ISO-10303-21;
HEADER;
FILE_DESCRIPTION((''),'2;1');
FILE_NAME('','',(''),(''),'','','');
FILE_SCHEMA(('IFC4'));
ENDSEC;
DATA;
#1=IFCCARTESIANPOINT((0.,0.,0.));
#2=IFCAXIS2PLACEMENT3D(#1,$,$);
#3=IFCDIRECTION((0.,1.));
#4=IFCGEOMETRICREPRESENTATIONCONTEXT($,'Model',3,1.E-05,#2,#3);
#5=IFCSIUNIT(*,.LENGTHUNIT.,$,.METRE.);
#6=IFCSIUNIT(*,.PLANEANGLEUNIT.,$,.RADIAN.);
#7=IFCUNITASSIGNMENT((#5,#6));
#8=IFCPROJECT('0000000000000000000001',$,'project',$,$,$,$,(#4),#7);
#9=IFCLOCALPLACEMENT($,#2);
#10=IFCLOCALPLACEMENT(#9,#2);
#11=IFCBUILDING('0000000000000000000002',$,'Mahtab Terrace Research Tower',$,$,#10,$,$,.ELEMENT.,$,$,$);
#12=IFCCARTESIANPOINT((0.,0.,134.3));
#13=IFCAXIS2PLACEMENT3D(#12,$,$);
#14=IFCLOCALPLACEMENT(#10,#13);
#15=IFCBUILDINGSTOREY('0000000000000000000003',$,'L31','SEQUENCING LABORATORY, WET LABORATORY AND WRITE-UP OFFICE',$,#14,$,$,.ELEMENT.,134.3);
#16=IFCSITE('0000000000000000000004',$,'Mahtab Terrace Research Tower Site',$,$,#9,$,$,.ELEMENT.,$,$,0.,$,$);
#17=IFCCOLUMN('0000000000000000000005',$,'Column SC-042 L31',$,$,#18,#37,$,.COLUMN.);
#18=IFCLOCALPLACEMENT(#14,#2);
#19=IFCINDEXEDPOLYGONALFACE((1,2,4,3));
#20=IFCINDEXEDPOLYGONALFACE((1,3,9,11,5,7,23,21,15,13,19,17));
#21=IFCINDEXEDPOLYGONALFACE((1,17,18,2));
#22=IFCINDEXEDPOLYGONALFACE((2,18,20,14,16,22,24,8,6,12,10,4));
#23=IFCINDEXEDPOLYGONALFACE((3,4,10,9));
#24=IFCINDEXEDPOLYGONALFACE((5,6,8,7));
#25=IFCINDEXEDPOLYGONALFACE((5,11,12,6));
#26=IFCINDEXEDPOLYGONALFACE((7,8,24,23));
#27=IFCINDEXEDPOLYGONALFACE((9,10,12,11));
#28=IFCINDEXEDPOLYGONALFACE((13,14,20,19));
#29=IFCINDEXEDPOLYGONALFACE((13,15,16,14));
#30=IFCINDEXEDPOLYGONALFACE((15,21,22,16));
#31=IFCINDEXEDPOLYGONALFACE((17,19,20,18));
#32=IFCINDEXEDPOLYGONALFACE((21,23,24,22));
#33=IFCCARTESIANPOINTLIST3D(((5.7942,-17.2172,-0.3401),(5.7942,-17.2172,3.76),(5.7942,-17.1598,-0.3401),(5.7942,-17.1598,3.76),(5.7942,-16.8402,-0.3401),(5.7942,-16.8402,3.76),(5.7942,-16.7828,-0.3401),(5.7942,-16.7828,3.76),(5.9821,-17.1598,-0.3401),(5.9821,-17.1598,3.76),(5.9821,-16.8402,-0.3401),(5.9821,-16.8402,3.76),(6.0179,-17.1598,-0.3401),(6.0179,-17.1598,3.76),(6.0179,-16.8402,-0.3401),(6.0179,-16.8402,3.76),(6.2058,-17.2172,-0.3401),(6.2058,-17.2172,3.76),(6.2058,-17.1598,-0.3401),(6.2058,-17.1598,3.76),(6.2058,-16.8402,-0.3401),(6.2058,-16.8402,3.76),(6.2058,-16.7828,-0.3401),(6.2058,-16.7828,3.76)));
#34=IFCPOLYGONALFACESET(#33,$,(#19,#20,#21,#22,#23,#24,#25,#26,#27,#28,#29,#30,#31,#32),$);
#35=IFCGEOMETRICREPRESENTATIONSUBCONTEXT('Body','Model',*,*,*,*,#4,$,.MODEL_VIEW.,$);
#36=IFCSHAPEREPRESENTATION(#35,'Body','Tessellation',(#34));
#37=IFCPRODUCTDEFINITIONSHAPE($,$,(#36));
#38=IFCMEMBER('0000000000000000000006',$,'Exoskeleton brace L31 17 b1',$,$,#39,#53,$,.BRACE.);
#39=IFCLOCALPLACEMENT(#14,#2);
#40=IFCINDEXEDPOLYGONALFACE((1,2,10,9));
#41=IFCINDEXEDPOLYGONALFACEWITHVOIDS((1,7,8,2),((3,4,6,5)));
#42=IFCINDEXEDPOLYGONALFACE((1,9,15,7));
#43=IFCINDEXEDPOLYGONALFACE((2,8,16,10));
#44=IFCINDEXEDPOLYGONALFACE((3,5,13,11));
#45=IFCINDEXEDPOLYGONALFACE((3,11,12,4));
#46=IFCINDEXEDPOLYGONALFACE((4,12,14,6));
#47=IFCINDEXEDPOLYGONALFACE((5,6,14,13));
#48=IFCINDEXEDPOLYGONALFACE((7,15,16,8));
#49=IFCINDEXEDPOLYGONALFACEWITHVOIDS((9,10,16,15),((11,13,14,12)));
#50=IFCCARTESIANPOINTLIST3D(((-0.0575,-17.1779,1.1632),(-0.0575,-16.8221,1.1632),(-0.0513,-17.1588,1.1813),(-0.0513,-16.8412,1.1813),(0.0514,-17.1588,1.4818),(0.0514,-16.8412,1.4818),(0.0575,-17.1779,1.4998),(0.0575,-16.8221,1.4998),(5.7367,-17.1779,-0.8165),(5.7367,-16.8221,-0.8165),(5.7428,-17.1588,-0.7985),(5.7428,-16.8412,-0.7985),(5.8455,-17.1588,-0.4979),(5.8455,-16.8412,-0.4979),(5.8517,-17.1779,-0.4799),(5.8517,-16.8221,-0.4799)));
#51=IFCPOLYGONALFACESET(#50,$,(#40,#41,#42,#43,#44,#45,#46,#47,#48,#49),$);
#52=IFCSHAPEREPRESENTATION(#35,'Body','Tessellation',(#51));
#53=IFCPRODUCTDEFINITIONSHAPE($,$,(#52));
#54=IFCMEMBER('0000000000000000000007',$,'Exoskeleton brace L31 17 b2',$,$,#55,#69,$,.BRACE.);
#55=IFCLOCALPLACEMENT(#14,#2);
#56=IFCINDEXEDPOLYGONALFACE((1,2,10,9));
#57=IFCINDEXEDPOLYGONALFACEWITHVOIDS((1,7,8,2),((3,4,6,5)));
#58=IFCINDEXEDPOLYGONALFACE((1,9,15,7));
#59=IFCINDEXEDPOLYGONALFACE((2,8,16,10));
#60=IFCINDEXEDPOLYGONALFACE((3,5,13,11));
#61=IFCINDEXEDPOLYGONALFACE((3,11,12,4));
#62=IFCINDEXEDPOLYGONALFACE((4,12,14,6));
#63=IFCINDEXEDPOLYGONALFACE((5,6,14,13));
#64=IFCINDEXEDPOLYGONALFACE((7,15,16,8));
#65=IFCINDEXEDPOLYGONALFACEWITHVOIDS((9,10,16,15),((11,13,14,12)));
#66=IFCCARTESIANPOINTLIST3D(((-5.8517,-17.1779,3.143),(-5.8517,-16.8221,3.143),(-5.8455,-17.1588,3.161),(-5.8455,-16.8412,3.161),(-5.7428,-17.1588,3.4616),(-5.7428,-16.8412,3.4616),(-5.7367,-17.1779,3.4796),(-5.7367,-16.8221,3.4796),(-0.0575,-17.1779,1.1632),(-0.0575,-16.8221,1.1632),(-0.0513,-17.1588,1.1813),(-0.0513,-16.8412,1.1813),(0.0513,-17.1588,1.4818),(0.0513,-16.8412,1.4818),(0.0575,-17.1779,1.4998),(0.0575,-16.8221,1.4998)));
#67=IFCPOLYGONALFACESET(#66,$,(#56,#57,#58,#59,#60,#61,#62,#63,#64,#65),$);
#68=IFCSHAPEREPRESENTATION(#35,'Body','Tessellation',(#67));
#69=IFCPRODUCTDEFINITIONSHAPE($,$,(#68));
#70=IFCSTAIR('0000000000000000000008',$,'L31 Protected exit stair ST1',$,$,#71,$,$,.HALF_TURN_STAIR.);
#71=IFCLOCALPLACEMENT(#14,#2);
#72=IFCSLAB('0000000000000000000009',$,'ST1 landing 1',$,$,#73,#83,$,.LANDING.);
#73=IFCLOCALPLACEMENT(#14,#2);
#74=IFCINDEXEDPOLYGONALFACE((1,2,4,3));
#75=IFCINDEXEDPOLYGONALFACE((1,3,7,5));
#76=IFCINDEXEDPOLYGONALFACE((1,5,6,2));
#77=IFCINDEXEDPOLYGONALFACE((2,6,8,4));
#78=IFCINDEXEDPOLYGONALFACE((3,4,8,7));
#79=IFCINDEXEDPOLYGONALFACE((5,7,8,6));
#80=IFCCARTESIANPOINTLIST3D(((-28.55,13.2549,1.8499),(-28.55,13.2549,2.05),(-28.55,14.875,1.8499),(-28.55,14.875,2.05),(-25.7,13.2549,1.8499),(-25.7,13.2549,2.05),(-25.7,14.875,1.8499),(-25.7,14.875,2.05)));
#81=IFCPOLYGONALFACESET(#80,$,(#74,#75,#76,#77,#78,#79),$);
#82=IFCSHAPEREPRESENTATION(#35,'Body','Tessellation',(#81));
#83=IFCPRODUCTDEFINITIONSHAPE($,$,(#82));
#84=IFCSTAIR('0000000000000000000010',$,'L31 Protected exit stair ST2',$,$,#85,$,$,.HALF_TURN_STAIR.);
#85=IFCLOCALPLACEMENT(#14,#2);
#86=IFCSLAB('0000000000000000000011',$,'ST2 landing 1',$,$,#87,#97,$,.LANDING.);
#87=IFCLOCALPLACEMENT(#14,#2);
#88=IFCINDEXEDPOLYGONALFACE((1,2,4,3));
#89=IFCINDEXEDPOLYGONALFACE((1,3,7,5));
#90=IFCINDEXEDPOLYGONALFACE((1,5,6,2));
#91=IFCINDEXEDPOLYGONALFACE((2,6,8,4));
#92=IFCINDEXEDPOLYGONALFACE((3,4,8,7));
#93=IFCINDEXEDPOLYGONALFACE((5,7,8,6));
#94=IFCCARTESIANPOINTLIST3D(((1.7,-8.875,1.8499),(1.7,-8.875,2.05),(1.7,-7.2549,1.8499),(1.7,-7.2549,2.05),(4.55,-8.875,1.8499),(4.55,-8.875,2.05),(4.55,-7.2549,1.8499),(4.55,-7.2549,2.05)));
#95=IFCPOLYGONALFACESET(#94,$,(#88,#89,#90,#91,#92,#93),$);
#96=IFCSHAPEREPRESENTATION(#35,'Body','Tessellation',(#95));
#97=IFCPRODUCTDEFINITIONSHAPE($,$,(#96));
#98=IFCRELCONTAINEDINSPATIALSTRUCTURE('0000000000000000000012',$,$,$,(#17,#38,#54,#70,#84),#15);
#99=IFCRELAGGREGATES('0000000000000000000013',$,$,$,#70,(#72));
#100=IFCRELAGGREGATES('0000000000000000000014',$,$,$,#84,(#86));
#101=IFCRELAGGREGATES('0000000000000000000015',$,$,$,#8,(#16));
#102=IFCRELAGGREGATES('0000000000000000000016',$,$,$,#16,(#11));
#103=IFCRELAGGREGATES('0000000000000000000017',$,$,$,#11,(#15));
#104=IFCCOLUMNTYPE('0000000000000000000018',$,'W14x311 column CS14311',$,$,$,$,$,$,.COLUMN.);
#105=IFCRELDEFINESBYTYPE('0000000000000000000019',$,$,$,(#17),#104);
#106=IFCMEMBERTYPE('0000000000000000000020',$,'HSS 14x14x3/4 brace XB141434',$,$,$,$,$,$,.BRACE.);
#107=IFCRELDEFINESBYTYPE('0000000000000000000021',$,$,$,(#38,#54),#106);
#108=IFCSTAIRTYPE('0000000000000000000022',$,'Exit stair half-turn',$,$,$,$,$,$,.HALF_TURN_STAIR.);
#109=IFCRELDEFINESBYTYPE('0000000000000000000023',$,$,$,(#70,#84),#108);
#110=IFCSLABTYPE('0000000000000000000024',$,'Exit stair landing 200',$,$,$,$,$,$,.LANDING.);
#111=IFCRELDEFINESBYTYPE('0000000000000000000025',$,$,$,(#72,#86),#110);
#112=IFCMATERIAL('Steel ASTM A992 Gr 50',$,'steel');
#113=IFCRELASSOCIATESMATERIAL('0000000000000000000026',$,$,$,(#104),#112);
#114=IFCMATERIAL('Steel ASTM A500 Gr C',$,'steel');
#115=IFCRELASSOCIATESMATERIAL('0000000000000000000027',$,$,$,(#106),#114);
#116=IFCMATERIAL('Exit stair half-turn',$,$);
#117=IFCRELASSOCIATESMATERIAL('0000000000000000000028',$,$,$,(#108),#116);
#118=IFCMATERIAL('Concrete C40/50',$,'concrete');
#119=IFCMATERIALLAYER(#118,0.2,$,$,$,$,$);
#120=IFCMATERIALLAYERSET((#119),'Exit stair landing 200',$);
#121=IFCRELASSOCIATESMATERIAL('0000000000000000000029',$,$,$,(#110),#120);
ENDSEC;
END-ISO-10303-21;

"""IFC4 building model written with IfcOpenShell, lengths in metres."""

from ifc_helpers import new_model, si_unit, direction, frame, origin, origin_2d, place, context, subcontext, project, spatial, polyline, hollow_rectangle, i_section, outline, extrude, material, layer, layer_set, material_profile, profile_set, type_object, element, aggregate, save


model = new_model("IFC4")

# Units and contexts
model_context = context("Model", 3, precision=1e-05, world=origin(), true_north=direction((0.0, 1.0)))
body_context = subcontext(model_context, "Body", "Model", "MODEL_VIEW")
ifc_project = project(units=[si_unit("LENGTHUNIT", "METRE"), si_unit("PLANEANGLEUNIT", "RADIAN")], contexts=[model_context])

# Site, building, storey
site_placement = place(None, origin())
site = spatial("IfcSite", under=ifc_project, at=site_placement, Name="Mahtab Terrace Research Tower Site", CompositionType="ELEMENT", RefElevation=0.0)
building_placement = place(site_placement, origin())
building = spatial("IfcBuilding", under=site, at=building_placement, Name="Mahtab Terrace Research Tower", CompositionType="ELEMENT")
storey_placement = place(building_placement, frame((0.0, 0.0, 134.3)))
storey = spatial("IfcBuildingStorey", under=building, at=storey_placement, Name="L31", Description="SEQUENCING LABORATORY, WET LABORATORY AND WRITE-UP OFFICE", CompositionType="ELEMENT", Elevation=134.3)

# Column
ifc_material_1 = material(Name="Steel ASTM A992 Gr 50", Category="steel")
ifc_material_profile_1 = material_profile(ifc_material_1, i_section(OverallWidth=0.4116, OverallDepth=0.4343, WebThickness=0.0359, FlangeThickness=0.0574, at=origin_2d()), Name="W14X311")
ifc_profile_set_1 = profile_set([ifc_material_profile_1], Name="Steel ASTM A992 Gr 50")
column_type = type_object("IfcColumnType", Name="W14x311 column CS14311", PredefinedType="COLUMN", material=ifc_profile_set_1)
column_placement = place(storey_placement, frame((6.0, -17.0, -0.3401), z_axis=(0.0, 0.0, 1.0), x_axis=(1.0, 0.0, 0.0)))
element("IfcColumn", 1, at=column_placement, inside=storey, type_object=column_type, Name="Column SC-042 L31", PredefinedType="COLUMN", context=body_context, shape_type="SweptSolid", body=[
    extrude(i_section(OverallWidth=0.4116, OverallDepth=0.4343, WebThickness=0.0359, FlangeThickness=0.0574, at=origin_2d()), origin(), (0.0, 0.0, 1.0), 4.1001),
])

# Members
ifc_material_2 = material(Name="Steel ASTM A500 Gr C", Category="steel")
ifc_material_profile_2 = material_profile(ifc_material_2, hollow_rectangle(XDim=0.3557, YDim=0.3557, WallThickness=0.019, at=origin_2d()), Name="HSS14X14X3/4")
ifc_profile_set_2 = profile_set([ifc_material_profile_2], Name="Steel ASTM A500 Gr C")
member_type = type_object("IfcMemberType", Name="HSS 14x14x3/4 brace XB141434", PredefinedType="BRACE", material=ifc_profile_set_2)
for number, where, z_axis, x_axis, name in (
    (2, (5.7942, -17.0, -0.6482), (-0.946288, 0.0, 0.323324), (0.0, -1.0, 0.0), "Exoskeleton brace L31 17 b1"),
    (3, (0.0, -17.0, 1.3315), (-0.946288, 0.0, 0.323324), (0.0, -1.0, 0.0), "Exoskeleton brace L31 17 b2"),
):
    element("IfcMember", number, at=place(storey_placement, frame(where, z_axis=z_axis, x_axis=x_axis)), inside=storey, type_object=member_type, Name=name, PredefinedType="BRACE", context=body_context, shape_type="SweptSolid", body=[
        extrude(hollow_rectangle(XDim=0.3557, YDim=0.3557, WallThickness=0.019, at=origin_2d()), origin(), (0.0, 0.0, 1.0), 6.123),
    ])

# Stairs, slabs
ifc_material_3 = material(Name="Exit stair half-turn")
stair_type = type_object("IfcStairType", Name="Exit stair half-turn", PredefinedType="HALF_TURN_STAIR", material=ifc_material_3)
stair_1_placement = place(storey_placement, origin())
stair_1 = element("IfcStair", 4, at=stair_1_placement, inside=storey, type_object=stair_type, Name="L31 Protected exit stair ST1", PredefinedType="HALF_TURN_STAIR")
ifc_material_4 = material(Name="Concrete C40/50", Category="concrete")
ifc_layer_1 = layer(ifc_material_4, 0.2)
ifc_layer_set_1 = layer_set([ifc_layer_1], Name="Exit stair landing 200")
slab_type_1 = type_object("IfcSlabType", Name="Exit stair landing 200", PredefinedType="LANDING", material=ifc_layer_set_1)
slab_1_placement = place(storey_placement, frame((0.0, 0.0, 1.8499)))
slab_1 = element("IfcSlab", 5, at=slab_1_placement, type_object=slab_type_1, Name="ST1 landing 1", PredefinedType="LANDING", context=body_context, shape_type="SweptSolid", body=[
    extrude(outline(polyline([(-25.7, 13.2549), (-25.7, 14.875), (-28.55, 14.875), (-28.55, 13.2549), (-25.7, 13.2549)])), origin(), (0.0, 0.0, 1.0), 0.2002),
])
aggregate(stair_1, [slab_1])
stair_2_placement = place(storey_placement, origin())
stair_2 = element("IfcStair", 6, at=stair_2_placement, inside=storey, type_object=stair_type, Name="L31 Protected exit stair ST2", PredefinedType="HALF_TURN_STAIR")
slab_2_placement = place(storey_placement, frame((0.0, 0.0, 1.8499)))
slab_2 = element("IfcSlab", 7, at=slab_2_placement, type_object=slab_type_1, Name="ST2 landing 1", PredefinedType="LANDING", context=body_context, shape_type="SweptSolid", body=[
    extrude(outline(polyline([(1.7, -7.2549), (1.7, -8.875), (4.55, -8.875), (4.55, -7.2549), (1.7, -7.2549)])), origin(), (0.0, 0.0, 1.0), 0.2002),
])

aggregate(stair_2, [slab_2])

save(model, "model.ifc")
